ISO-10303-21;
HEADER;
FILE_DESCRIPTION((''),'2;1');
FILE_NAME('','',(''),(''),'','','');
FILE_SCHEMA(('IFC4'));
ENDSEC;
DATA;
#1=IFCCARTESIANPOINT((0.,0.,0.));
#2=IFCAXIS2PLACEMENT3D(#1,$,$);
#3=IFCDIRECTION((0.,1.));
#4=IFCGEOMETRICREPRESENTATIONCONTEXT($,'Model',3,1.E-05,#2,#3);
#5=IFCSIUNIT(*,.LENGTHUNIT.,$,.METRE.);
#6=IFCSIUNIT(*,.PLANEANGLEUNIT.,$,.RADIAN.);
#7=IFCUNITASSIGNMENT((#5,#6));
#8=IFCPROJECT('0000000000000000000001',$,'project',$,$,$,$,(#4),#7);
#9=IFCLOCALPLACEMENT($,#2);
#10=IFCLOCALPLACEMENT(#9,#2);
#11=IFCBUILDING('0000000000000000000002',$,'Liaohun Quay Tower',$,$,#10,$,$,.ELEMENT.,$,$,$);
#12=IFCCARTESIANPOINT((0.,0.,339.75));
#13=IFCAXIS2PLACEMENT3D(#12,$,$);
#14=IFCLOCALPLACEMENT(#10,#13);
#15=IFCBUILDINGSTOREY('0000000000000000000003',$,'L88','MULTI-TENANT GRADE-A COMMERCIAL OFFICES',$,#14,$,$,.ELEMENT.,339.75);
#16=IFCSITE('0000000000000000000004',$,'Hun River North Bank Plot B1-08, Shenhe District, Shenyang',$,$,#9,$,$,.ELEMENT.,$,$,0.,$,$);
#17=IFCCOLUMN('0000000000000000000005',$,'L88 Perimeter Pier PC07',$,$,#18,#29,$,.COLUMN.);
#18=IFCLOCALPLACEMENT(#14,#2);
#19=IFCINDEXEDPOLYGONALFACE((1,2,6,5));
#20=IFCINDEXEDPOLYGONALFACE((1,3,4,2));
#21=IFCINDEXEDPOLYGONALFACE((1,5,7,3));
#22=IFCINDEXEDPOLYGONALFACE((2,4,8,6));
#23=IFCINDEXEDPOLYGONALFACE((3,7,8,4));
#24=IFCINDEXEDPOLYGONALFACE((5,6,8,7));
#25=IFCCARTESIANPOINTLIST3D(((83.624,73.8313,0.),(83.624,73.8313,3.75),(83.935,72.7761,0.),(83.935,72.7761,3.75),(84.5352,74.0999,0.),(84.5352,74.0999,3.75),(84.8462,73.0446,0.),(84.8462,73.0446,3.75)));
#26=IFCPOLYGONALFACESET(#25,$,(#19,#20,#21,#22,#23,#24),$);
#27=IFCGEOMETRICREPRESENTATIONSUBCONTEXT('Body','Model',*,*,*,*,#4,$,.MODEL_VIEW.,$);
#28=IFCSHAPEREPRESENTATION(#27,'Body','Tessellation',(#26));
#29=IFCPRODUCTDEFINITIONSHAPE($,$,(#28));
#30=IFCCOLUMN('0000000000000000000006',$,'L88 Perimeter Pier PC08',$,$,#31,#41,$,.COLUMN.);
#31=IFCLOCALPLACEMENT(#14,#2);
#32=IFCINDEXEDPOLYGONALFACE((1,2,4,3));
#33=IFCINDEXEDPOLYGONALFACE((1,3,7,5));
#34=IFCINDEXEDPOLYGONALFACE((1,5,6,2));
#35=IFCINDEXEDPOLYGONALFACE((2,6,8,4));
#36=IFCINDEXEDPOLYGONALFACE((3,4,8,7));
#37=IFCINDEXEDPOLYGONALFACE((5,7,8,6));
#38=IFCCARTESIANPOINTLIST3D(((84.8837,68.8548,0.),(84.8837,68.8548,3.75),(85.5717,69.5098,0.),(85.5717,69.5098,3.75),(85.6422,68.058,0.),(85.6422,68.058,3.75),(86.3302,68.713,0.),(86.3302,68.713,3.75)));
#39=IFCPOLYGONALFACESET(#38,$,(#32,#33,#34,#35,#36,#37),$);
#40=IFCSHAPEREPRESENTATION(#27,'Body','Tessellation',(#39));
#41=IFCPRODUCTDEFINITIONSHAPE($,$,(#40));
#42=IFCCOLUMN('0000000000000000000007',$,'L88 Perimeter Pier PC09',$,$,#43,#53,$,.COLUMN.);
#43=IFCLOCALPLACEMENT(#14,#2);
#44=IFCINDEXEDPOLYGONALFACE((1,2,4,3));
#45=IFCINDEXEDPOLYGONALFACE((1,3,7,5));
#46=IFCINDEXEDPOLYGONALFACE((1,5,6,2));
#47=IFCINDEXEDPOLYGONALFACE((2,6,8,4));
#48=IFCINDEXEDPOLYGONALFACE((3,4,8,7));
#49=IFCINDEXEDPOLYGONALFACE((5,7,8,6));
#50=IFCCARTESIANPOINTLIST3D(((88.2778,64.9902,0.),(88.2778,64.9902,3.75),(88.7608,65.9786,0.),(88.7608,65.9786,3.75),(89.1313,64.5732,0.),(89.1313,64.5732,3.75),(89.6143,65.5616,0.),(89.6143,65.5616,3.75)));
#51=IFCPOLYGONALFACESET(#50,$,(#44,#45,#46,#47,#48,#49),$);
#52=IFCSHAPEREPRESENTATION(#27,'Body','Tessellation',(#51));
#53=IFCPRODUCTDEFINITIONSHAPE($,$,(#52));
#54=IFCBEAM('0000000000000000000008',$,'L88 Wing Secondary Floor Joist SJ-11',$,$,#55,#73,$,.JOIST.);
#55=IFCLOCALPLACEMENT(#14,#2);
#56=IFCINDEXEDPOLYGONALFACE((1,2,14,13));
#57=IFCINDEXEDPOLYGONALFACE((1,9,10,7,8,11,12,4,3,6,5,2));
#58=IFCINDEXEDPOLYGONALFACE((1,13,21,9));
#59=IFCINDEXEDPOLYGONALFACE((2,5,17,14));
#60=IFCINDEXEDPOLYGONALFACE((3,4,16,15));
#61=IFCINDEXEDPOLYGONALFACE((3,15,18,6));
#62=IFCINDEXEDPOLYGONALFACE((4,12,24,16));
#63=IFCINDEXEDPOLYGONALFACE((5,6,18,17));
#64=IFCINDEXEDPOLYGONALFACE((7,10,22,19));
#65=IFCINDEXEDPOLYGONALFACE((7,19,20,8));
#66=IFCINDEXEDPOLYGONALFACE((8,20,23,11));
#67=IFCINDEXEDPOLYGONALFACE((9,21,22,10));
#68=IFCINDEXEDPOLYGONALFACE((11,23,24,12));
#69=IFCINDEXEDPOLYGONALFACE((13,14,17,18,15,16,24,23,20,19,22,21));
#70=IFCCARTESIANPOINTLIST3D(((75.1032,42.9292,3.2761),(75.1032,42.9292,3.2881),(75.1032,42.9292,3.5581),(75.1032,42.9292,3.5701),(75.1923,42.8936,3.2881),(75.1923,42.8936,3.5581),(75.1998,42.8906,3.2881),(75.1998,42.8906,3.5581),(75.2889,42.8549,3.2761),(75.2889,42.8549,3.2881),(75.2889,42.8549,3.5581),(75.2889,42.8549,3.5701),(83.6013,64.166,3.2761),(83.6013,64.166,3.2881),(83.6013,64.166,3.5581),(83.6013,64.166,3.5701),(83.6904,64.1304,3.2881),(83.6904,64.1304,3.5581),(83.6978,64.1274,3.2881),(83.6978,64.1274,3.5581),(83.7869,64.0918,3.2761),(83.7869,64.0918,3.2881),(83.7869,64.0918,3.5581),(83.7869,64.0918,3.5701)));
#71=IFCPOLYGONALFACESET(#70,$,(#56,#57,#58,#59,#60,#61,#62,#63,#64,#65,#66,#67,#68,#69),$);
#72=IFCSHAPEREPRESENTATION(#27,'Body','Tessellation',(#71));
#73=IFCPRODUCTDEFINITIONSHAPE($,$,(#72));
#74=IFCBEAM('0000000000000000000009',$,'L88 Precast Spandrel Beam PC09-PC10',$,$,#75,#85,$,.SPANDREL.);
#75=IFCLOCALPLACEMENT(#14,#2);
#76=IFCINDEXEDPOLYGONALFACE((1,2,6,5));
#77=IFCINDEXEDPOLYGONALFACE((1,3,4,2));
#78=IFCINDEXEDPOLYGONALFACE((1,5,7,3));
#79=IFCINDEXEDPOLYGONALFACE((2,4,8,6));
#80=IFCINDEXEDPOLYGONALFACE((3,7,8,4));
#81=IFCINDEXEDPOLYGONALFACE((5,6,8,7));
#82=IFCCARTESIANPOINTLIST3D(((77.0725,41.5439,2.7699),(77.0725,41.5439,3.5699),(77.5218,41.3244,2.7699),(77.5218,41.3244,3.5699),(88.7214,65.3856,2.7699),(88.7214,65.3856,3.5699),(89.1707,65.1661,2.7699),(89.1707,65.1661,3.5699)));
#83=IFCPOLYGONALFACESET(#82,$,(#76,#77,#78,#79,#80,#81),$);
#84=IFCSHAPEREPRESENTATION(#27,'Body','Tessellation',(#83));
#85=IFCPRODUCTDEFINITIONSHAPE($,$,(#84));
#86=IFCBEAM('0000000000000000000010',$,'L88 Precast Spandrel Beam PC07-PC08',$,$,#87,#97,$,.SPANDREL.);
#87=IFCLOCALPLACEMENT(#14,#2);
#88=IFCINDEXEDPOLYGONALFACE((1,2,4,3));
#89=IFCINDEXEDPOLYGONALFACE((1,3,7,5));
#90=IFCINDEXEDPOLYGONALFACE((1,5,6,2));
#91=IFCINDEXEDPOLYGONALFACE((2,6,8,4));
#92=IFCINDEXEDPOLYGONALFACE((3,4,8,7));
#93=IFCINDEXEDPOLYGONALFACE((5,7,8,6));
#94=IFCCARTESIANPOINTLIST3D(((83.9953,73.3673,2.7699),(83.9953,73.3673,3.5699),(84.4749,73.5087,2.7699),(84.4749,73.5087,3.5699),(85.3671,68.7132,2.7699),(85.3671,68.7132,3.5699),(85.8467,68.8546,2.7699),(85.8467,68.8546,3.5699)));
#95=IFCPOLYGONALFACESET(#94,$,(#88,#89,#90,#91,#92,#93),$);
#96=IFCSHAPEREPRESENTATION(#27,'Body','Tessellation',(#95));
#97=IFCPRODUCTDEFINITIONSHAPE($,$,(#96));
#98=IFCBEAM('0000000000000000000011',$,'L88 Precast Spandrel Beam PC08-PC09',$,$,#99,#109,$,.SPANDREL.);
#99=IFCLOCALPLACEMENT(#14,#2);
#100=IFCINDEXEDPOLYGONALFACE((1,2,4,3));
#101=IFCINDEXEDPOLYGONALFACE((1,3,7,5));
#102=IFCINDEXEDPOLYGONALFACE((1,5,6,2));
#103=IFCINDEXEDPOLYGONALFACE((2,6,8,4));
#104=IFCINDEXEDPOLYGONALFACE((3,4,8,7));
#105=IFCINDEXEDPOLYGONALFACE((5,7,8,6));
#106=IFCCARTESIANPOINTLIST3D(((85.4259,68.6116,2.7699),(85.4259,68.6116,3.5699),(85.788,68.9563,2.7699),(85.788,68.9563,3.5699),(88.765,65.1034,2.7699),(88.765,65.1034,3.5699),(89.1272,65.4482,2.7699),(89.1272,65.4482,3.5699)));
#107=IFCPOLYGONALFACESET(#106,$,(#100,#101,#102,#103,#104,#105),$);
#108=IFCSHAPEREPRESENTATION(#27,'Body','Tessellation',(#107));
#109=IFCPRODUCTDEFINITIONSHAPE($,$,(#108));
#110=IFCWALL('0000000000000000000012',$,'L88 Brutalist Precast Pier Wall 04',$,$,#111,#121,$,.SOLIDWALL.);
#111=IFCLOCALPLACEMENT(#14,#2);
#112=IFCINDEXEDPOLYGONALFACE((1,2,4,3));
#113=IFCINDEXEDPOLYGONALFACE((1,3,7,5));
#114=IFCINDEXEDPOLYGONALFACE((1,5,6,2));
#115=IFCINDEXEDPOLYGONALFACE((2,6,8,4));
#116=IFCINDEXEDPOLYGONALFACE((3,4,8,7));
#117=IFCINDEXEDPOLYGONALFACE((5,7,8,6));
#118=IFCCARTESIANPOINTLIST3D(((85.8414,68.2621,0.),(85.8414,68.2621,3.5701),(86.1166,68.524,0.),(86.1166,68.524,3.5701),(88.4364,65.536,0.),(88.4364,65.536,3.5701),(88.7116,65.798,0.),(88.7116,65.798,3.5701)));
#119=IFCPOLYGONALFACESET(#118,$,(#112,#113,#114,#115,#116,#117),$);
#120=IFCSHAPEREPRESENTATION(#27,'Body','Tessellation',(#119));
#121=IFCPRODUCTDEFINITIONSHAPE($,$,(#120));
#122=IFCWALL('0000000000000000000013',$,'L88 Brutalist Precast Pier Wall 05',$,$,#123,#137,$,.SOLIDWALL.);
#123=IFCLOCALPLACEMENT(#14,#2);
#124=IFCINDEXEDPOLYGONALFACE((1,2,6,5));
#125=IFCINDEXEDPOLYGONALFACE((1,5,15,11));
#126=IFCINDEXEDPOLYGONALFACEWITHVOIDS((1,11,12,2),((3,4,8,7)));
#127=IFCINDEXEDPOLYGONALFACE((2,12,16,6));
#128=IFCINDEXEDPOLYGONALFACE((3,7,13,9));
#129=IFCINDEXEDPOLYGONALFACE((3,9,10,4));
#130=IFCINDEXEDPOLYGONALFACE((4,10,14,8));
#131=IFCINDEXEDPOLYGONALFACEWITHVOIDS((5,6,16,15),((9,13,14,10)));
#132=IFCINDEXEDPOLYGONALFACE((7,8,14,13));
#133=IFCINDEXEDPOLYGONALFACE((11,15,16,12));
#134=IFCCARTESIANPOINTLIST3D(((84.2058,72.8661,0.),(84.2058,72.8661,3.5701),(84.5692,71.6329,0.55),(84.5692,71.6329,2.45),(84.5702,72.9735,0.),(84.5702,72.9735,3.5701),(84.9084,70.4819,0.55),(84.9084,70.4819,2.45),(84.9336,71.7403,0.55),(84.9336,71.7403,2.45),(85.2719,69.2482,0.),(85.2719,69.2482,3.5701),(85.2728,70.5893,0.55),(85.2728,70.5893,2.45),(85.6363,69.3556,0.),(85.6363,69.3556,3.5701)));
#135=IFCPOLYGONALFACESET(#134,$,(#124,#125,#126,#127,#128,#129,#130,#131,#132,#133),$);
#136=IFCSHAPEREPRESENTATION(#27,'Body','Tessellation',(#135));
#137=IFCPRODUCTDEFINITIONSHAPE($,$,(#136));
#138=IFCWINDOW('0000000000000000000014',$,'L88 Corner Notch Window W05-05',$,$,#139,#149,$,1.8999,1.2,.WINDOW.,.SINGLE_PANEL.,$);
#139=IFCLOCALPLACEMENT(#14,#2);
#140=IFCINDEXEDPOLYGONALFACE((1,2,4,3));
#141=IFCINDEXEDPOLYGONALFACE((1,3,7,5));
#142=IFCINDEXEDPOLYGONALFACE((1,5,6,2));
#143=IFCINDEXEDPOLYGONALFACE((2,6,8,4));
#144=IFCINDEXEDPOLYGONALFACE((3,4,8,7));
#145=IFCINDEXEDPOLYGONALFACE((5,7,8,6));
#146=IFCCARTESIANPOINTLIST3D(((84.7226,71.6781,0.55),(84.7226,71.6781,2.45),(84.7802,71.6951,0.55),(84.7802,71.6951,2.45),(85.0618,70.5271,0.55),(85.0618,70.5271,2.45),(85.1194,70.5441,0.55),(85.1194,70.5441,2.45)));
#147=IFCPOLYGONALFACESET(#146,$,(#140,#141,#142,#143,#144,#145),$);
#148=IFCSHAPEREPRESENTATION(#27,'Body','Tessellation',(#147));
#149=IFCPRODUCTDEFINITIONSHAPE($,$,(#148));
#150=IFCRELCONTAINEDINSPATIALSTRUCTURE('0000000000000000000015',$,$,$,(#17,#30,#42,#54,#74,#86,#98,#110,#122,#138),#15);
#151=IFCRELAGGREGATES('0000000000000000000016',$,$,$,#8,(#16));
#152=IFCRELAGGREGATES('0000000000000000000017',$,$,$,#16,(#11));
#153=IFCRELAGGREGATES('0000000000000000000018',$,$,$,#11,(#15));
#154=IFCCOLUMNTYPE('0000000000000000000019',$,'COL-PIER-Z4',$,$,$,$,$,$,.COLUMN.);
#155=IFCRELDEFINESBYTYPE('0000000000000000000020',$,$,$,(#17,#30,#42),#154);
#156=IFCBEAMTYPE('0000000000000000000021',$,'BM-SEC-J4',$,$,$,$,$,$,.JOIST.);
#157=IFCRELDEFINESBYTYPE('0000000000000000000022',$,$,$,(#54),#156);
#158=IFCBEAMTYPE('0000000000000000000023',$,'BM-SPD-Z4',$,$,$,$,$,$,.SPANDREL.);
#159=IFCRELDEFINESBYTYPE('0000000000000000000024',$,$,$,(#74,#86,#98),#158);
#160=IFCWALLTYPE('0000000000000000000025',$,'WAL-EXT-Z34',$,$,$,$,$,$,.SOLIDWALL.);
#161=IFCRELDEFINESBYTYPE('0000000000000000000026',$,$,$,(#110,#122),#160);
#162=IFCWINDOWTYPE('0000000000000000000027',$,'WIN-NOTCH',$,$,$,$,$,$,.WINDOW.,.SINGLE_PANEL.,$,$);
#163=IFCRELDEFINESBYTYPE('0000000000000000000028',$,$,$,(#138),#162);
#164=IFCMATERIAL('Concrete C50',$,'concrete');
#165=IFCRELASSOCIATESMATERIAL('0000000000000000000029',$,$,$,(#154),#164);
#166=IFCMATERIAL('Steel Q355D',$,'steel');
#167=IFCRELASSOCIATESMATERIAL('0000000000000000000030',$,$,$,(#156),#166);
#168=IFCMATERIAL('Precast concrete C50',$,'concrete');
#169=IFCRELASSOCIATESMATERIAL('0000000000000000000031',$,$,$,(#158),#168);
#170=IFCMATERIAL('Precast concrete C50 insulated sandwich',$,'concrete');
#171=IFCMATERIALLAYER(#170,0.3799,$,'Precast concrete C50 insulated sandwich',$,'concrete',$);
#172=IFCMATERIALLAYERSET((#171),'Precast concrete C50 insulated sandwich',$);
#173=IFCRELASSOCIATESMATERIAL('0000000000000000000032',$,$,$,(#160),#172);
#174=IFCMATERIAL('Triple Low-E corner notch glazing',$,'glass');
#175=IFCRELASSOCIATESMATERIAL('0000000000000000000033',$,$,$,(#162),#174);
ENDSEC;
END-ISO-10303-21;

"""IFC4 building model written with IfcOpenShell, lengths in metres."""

from ifc_helpers import new_model, si_unit, direction, frame, frame_2d, origin, origin_2d, place, context, subcontext, project, spatial, rectangle, i_section, extrude, source, transform, mapped, material, layer, layer_set, material_profile, profile_set, type_object, element, fill, save


model = new_model("IFC4")

# Units and contexts
model_context = context("Model", 3, precision=1e-05, world=origin(), true_north=direction((0.0, 1.0)))
body_context = subcontext(model_context, "Body", "Model", "MODEL_VIEW")
ifc_project = project(units=[si_unit("LENGTHUNIT", "METRE"), si_unit("PLANEANGLEUNIT", "RADIAN")], contexts=[model_context])

# Site, building, storey
site_placement = place(None, origin())
site = spatial("IfcSite", under=ifc_project, at=site_placement, Name="Hun River North Bank Plot B1-08, Shenhe District, Shenyang", CompositionType="ELEMENT", RefElevation=0.0)
building_placement = place(site_placement, origin())
building = spatial("IfcBuilding", under=site, at=building_placement, Name="Liaohun Quay Tower", CompositionType="ELEMENT")
storey_placement = place(building_placement, frame((0.0, 0.0, 339.75)))
storey = spatial("IfcBuildingStorey", under=building, at=storey_placement, Name="L88", Description="MULTI-TENANT GRADE-A COMMERCIAL OFFICES", CompositionType="ELEMENT", Elevation=339.75)

# Columns
ifc_material_1 = material(Name="Concrete C50", Category="concrete")
ifc_material_profile_1 = material_profile(ifc_material_1, rectangle(XDim=1.1001, YDim=0.95, at=origin_2d()), Name="RC1100x950")
ifc_profile_set_1 = profile_set([ifc_material_profile_1], Name="Concrete C50")
column_type = type_object("IfcColumnType", Name="COL-PIER-Z4", PredefinedType="COLUMN", material=ifc_profile_set_1)
shared_shape_1 = source(origin(), body_context, "Body", "SweptSolid", [
    extrude(rectangle(XDim=1.1001, YDim=0.95, at=origin_2d()), origin(), (0.0, 0.0, 1.0), 3.75),
])
for number, where, z_axis, x_axis, name in (
    (1, (84.2351, 73.438, 0.0), (0.0, 0.0, 1.0), (-0.282676, 0.959215, 0.0), "L88 Perimeter Pier PC07"),
    (2, (85.6069, 68.7839, 0.0), (0.0, 0.0, 1.0), (-0.689493, 0.724292, 0.0), "L88 Perimeter Pier PC08"),
    (3, (88.946, 65.2759, 0.0), (0.0, 0.0, 1.0), (0.438999, 0.898488, 0.0), "L88 Perimeter Pier PC09"),
):
    element("IfcColumn", number, at=place(storey_placement, frame(where, z_axis=z_axis, x_axis=x_axis)), inside=storey, type_object=column_type, Name=name, PredefinedType="COLUMN", context=body_context, shape_type="MappedRepresentation", body=[
        mapped(shared_shape_1, transform((0.0, 0.0, 0.0), x_axis=(1.0, 0.0, 0.0), y_axis=(0.0, 1.0, 0.0), z_axis=(0.0, 0.0, 1.0), scale=1.0)),
    ])

# Beams
ifc_material_2 = material(Name="Steel Q355D", Category="steel")
ifc_material_profile_2 = material_profile(ifc_material_2, i_section(OverallWidth=0.2, OverallDepth=0.2939, WebThickness=0.0081, FlangeThickness=0.012, at=origin_2d()), Name="HM294x200x8x12")
ifc_profile_set_2 = profile_set([ifc_material_profile_2], Name="Steel Q355D")
beam_type_1 = type_object("IfcBeamType", Name="BM-SEC-J4", PredefinedType="JOIST", material=ifc_profile_set_2)
shared_shape_2 = source(origin(), body_context, "Body", "SweptSolid", [
    extrude(i_section(OverallWidth=0.2, OverallDepth=0.2939, WebThickness=0.0081, FlangeThickness=0.012, at=origin_2d()), origin(), (0.0, 0.0, 1.0), 22.874),
])
beam_1_placement = place(storey_placement, frame((83.6941, 64.1289, 3.4231), z_axis=(-0.371516, -0.928427, 0.0), x_axis=(0.928427, -0.371516, 0.0)))
element("IfcBeam", 4, at=beam_1_placement, inside=storey, type_object=beam_type_1, Name="L88 Wing Secondary Floor Joist SJ-11", PredefinedType="JOIST", context=body_context, shape_type="MappedRepresentation", body=[
    mapped(shared_shape_2, transform((0.0, 0.0, 0.0), x_axis=(1.0, 0.0, 0.0), y_axis=(0.0, 1.0, 0.0), z_axis=(0.0, 0.0, 1.0), scale=1.0)),
])
ifc_material_3 = material(Name="Precast concrete C50", Category="concrete")
ifc_material_profile_3 = material_profile(ifc_material_3, rectangle(XDim=0.5, YDim=0.8, at=origin_2d()), Name="RC500x800")
ifc_profile_set_3 = profile_set([ifc_material_profile_3], Name="Precast concrete C50")
beam_type_2 = type_object("IfcBeamType", Name="BM-SPD-Z4", PredefinedType="SPANDREL", material=ifc_profile_set_3)
shared_shape_3 = source(origin(), body_context, "Body", "SweptSolid", [
    extrude(rectangle(XDim=0.5, YDim=0.8, at=origin_2d()), origin(), (0.0, 0.0, 1.0), 26.5354),
])
beam_2_placement = place(storey_placement, frame((88.946, 65.2759, 3.1699), z_axis=(-0.438995, -0.898489, 0.0), x_axis=(0.898489, -0.438995, 0.0)))
element("IfcBeam", 5, at=beam_2_placement, inside=storey, type_object=beam_type_2, Name="L88 Precast Spandrel Beam PC09-PC10", PredefinedType="SPANDREL", context=body_context, shape_type="MappedRepresentation", body=[
    mapped(shared_shape_3, transform((0.0, 0.0, 0.0), x_axis=(1.0, 0.0, 0.0), y_axis=(0.0, 1.0, 0.0), z_axis=(0.0, 0.0, 1.0), scale=1.0)),
])
shared_shape_4 = source(origin(), body_context, "Body", "SweptSolid", [
    extrude(rectangle(XDim=0.5, YDim=0.8, at=origin_2d()), origin(), (0.0, 0.0, 1.0), 4.8521),
])
beam_3_placement = place(storey_placement, frame((84.2351, 73.438, 3.1699), z_axis=(0.282733, -0.959199, 0.0), x_axis=(0.959199, 0.282733, 0.0)))
element("IfcBeam", 6, at=beam_3_placement, inside=storey, type_object=beam_type_2, Name="L88 Precast Spandrel Beam PC07-PC08", PredefinedType="SPANDREL", context=body_context, shape_type="MappedRepresentation", body=[
    mapped(shared_shape_4, transform((0.0, 0.0, 0.0), x_axis=(1.0, 0.0, 0.0), y_axis=(0.0, 1.0, 0.0), z_axis=(0.0, 0.0, 1.0), scale=1.0)),
])
shared_shape_5 = source(origin(), body_context, "Body", "SweptSolid", [
    extrude(rectangle(XDim=0.5, YDim=0.8, at=origin_2d()), origin(), (0.0, 0.0, 1.0), 4.8433),
])
beam_4_placement = place(storey_placement, frame((85.6069, 68.7839, 3.1699), z_axis=(0.68945, -0.724333, 0.0), x_axis=(0.724333, 0.68945, 0.0)))
element("IfcBeam", 7, at=beam_4_placement, inside=storey, type_object=beam_type_2, Name="L88 Precast Spandrel Beam PC08-PC09", PredefinedType="SPANDREL", context=body_context, shape_type="MappedRepresentation", body=[
    mapped(shared_shape_5, transform((0.0, 0.0, 0.0), x_axis=(1.0, 0.0, 0.0), y_axis=(0.0, 1.0, 0.0), z_axis=(0.0, 0.0, 1.0), scale=1.0)),
])

# Wall
ifc_material_4 = material(Name="Precast concrete C50 insulated sandwich", Category="concrete")
ifc_layer_1 = layer(ifc_material_4, 0.3799, Name="Precast concrete C50 insulated sandwich", Category="concrete")
ifc_layer_set_1 = layer_set([ifc_layer_1], Name="Precast concrete C50 insulated sandwich")
wall_type_1 = type_object("IfcWallType", Name="WAL-EXT-Z34", PredefinedType="SOLIDWALL", material=ifc_layer_set_1)
wall_1_placement = place(storey_placement, frame((88.574, 65.667, 0.0), z_axis=(0.0, 0.0, 1.0), x_axis=(-0.689475, 0.724309, 0.0)))
element("IfcWall", 8, at=wall_1_placement, inside=storey, type_object=wall_type_1, Name="L88 Brutalist Precast Pier Wall 04", PredefinedType="SOLIDWALL", context=body_context, shape_type="SweptSolid", body=[
    extrude(rectangle(XDim=3.7637, YDim=0.3799, at=frame_2d((1.8818, 0.0))), origin(), (0.0, 0.0, 1.0), 3.5701),
])

# Wall, opening, window
wall_2_placement = place(storey_placement, frame((85.4541, 69.302, 0.0), z_axis=(0.0, 0.0, 1.0), x_axis=(-0.282671, 0.959217, 0.0)))
wall_2 = element("IfcWall", 9, at=wall_2_placement, inside=storey, type_object=wall_type_1, Name="L88 Brutalist Precast Pier Wall 05", PredefinedType="SOLIDWALL", context=body_context, shape_type="SweptSolid", body=[
    extrude(rectangle(XDim=3.7717, YDim=0.3799, at=frame_2d((1.8857, 0.0))), origin(), (0.0, 0.0, 1.0), 3.5701),
])
shared_shape_6 = source(origin(), body_context, "Body", "SweptSolid", [
    extrude(rectangle(XDim=1.2, YDim=1.8999, at=frame_2d((0.6001, 0.95))), frame((0.0, 0.2, 0.0), z_axis=(0.0, -1.0, 0.0), x_axis=(1.0, 0.0, 0.0)), (0.0, 0.0, 1.0), 0.3999),
])
opening_1_placement = place(wall_2_placement, frame((1.2859, 0.0, 0.55)))
opening_1 = element("IfcOpeningElement", 10, at=opening_1_placement, cuts=wall_2, PredefinedType="OPENING", context=body_context, shape_type="MappedRepresentation", body=[
    mapped(shared_shape_6, transform((0.0, 0.0, 0.0), x_axis=(1.0, 0.0, 0.0), y_axis=(0.0, 1.0, 0.0), z_axis=(0.0, 0.0, 1.0), scale=1.0)),
])
ifc_material_5 = material(Name="Triple Low-E corner notch glazing", Category="glass")
window_type_1 = type_object("IfcWindowType", Name="WIN-NOTCH", PartitioningType="SINGLE_PANEL", PredefinedType="WINDOW", material=ifc_material_5)
shared_shape_7 = source(origin(), body_context, "Body", "SweptSolid", [
    extrude(rectangle(XDim=1.2, YDim=1.8999, at=frame_2d((0.6001, 0.95))), frame((0.0, 0.03, 0.0), z_axis=(0.0, -1.0, 0.0), x_axis=(1.0, 0.0, 0.0)), (0.0, 0.0, 1.0), 0.0601),
])
window_1_placement = place(opening_1_placement, origin())
window_1 = element("IfcWindow", 11, at=window_1_placement, inside=storey, type_object=window_type_1, Name="L88 Corner Notch Window W05-05", OverallHeight=1.8999, OverallWidth=1.2, PartitioningType="SINGLE_PANEL", PredefinedType="WINDOW", context=body_context, shape_type="MappedRepresentation", body=[
    mapped(shared_shape_7, transform((0.0, 0.0, 0.0), x_axis=(1.0, 0.0, 0.0), y_axis=(0.0, 1.0, 0.0), z_axis=(0.0, 0.0, 1.0), scale=1.0)),
])
fill(opening_1, window_1)

save(model, "model.ifc")
